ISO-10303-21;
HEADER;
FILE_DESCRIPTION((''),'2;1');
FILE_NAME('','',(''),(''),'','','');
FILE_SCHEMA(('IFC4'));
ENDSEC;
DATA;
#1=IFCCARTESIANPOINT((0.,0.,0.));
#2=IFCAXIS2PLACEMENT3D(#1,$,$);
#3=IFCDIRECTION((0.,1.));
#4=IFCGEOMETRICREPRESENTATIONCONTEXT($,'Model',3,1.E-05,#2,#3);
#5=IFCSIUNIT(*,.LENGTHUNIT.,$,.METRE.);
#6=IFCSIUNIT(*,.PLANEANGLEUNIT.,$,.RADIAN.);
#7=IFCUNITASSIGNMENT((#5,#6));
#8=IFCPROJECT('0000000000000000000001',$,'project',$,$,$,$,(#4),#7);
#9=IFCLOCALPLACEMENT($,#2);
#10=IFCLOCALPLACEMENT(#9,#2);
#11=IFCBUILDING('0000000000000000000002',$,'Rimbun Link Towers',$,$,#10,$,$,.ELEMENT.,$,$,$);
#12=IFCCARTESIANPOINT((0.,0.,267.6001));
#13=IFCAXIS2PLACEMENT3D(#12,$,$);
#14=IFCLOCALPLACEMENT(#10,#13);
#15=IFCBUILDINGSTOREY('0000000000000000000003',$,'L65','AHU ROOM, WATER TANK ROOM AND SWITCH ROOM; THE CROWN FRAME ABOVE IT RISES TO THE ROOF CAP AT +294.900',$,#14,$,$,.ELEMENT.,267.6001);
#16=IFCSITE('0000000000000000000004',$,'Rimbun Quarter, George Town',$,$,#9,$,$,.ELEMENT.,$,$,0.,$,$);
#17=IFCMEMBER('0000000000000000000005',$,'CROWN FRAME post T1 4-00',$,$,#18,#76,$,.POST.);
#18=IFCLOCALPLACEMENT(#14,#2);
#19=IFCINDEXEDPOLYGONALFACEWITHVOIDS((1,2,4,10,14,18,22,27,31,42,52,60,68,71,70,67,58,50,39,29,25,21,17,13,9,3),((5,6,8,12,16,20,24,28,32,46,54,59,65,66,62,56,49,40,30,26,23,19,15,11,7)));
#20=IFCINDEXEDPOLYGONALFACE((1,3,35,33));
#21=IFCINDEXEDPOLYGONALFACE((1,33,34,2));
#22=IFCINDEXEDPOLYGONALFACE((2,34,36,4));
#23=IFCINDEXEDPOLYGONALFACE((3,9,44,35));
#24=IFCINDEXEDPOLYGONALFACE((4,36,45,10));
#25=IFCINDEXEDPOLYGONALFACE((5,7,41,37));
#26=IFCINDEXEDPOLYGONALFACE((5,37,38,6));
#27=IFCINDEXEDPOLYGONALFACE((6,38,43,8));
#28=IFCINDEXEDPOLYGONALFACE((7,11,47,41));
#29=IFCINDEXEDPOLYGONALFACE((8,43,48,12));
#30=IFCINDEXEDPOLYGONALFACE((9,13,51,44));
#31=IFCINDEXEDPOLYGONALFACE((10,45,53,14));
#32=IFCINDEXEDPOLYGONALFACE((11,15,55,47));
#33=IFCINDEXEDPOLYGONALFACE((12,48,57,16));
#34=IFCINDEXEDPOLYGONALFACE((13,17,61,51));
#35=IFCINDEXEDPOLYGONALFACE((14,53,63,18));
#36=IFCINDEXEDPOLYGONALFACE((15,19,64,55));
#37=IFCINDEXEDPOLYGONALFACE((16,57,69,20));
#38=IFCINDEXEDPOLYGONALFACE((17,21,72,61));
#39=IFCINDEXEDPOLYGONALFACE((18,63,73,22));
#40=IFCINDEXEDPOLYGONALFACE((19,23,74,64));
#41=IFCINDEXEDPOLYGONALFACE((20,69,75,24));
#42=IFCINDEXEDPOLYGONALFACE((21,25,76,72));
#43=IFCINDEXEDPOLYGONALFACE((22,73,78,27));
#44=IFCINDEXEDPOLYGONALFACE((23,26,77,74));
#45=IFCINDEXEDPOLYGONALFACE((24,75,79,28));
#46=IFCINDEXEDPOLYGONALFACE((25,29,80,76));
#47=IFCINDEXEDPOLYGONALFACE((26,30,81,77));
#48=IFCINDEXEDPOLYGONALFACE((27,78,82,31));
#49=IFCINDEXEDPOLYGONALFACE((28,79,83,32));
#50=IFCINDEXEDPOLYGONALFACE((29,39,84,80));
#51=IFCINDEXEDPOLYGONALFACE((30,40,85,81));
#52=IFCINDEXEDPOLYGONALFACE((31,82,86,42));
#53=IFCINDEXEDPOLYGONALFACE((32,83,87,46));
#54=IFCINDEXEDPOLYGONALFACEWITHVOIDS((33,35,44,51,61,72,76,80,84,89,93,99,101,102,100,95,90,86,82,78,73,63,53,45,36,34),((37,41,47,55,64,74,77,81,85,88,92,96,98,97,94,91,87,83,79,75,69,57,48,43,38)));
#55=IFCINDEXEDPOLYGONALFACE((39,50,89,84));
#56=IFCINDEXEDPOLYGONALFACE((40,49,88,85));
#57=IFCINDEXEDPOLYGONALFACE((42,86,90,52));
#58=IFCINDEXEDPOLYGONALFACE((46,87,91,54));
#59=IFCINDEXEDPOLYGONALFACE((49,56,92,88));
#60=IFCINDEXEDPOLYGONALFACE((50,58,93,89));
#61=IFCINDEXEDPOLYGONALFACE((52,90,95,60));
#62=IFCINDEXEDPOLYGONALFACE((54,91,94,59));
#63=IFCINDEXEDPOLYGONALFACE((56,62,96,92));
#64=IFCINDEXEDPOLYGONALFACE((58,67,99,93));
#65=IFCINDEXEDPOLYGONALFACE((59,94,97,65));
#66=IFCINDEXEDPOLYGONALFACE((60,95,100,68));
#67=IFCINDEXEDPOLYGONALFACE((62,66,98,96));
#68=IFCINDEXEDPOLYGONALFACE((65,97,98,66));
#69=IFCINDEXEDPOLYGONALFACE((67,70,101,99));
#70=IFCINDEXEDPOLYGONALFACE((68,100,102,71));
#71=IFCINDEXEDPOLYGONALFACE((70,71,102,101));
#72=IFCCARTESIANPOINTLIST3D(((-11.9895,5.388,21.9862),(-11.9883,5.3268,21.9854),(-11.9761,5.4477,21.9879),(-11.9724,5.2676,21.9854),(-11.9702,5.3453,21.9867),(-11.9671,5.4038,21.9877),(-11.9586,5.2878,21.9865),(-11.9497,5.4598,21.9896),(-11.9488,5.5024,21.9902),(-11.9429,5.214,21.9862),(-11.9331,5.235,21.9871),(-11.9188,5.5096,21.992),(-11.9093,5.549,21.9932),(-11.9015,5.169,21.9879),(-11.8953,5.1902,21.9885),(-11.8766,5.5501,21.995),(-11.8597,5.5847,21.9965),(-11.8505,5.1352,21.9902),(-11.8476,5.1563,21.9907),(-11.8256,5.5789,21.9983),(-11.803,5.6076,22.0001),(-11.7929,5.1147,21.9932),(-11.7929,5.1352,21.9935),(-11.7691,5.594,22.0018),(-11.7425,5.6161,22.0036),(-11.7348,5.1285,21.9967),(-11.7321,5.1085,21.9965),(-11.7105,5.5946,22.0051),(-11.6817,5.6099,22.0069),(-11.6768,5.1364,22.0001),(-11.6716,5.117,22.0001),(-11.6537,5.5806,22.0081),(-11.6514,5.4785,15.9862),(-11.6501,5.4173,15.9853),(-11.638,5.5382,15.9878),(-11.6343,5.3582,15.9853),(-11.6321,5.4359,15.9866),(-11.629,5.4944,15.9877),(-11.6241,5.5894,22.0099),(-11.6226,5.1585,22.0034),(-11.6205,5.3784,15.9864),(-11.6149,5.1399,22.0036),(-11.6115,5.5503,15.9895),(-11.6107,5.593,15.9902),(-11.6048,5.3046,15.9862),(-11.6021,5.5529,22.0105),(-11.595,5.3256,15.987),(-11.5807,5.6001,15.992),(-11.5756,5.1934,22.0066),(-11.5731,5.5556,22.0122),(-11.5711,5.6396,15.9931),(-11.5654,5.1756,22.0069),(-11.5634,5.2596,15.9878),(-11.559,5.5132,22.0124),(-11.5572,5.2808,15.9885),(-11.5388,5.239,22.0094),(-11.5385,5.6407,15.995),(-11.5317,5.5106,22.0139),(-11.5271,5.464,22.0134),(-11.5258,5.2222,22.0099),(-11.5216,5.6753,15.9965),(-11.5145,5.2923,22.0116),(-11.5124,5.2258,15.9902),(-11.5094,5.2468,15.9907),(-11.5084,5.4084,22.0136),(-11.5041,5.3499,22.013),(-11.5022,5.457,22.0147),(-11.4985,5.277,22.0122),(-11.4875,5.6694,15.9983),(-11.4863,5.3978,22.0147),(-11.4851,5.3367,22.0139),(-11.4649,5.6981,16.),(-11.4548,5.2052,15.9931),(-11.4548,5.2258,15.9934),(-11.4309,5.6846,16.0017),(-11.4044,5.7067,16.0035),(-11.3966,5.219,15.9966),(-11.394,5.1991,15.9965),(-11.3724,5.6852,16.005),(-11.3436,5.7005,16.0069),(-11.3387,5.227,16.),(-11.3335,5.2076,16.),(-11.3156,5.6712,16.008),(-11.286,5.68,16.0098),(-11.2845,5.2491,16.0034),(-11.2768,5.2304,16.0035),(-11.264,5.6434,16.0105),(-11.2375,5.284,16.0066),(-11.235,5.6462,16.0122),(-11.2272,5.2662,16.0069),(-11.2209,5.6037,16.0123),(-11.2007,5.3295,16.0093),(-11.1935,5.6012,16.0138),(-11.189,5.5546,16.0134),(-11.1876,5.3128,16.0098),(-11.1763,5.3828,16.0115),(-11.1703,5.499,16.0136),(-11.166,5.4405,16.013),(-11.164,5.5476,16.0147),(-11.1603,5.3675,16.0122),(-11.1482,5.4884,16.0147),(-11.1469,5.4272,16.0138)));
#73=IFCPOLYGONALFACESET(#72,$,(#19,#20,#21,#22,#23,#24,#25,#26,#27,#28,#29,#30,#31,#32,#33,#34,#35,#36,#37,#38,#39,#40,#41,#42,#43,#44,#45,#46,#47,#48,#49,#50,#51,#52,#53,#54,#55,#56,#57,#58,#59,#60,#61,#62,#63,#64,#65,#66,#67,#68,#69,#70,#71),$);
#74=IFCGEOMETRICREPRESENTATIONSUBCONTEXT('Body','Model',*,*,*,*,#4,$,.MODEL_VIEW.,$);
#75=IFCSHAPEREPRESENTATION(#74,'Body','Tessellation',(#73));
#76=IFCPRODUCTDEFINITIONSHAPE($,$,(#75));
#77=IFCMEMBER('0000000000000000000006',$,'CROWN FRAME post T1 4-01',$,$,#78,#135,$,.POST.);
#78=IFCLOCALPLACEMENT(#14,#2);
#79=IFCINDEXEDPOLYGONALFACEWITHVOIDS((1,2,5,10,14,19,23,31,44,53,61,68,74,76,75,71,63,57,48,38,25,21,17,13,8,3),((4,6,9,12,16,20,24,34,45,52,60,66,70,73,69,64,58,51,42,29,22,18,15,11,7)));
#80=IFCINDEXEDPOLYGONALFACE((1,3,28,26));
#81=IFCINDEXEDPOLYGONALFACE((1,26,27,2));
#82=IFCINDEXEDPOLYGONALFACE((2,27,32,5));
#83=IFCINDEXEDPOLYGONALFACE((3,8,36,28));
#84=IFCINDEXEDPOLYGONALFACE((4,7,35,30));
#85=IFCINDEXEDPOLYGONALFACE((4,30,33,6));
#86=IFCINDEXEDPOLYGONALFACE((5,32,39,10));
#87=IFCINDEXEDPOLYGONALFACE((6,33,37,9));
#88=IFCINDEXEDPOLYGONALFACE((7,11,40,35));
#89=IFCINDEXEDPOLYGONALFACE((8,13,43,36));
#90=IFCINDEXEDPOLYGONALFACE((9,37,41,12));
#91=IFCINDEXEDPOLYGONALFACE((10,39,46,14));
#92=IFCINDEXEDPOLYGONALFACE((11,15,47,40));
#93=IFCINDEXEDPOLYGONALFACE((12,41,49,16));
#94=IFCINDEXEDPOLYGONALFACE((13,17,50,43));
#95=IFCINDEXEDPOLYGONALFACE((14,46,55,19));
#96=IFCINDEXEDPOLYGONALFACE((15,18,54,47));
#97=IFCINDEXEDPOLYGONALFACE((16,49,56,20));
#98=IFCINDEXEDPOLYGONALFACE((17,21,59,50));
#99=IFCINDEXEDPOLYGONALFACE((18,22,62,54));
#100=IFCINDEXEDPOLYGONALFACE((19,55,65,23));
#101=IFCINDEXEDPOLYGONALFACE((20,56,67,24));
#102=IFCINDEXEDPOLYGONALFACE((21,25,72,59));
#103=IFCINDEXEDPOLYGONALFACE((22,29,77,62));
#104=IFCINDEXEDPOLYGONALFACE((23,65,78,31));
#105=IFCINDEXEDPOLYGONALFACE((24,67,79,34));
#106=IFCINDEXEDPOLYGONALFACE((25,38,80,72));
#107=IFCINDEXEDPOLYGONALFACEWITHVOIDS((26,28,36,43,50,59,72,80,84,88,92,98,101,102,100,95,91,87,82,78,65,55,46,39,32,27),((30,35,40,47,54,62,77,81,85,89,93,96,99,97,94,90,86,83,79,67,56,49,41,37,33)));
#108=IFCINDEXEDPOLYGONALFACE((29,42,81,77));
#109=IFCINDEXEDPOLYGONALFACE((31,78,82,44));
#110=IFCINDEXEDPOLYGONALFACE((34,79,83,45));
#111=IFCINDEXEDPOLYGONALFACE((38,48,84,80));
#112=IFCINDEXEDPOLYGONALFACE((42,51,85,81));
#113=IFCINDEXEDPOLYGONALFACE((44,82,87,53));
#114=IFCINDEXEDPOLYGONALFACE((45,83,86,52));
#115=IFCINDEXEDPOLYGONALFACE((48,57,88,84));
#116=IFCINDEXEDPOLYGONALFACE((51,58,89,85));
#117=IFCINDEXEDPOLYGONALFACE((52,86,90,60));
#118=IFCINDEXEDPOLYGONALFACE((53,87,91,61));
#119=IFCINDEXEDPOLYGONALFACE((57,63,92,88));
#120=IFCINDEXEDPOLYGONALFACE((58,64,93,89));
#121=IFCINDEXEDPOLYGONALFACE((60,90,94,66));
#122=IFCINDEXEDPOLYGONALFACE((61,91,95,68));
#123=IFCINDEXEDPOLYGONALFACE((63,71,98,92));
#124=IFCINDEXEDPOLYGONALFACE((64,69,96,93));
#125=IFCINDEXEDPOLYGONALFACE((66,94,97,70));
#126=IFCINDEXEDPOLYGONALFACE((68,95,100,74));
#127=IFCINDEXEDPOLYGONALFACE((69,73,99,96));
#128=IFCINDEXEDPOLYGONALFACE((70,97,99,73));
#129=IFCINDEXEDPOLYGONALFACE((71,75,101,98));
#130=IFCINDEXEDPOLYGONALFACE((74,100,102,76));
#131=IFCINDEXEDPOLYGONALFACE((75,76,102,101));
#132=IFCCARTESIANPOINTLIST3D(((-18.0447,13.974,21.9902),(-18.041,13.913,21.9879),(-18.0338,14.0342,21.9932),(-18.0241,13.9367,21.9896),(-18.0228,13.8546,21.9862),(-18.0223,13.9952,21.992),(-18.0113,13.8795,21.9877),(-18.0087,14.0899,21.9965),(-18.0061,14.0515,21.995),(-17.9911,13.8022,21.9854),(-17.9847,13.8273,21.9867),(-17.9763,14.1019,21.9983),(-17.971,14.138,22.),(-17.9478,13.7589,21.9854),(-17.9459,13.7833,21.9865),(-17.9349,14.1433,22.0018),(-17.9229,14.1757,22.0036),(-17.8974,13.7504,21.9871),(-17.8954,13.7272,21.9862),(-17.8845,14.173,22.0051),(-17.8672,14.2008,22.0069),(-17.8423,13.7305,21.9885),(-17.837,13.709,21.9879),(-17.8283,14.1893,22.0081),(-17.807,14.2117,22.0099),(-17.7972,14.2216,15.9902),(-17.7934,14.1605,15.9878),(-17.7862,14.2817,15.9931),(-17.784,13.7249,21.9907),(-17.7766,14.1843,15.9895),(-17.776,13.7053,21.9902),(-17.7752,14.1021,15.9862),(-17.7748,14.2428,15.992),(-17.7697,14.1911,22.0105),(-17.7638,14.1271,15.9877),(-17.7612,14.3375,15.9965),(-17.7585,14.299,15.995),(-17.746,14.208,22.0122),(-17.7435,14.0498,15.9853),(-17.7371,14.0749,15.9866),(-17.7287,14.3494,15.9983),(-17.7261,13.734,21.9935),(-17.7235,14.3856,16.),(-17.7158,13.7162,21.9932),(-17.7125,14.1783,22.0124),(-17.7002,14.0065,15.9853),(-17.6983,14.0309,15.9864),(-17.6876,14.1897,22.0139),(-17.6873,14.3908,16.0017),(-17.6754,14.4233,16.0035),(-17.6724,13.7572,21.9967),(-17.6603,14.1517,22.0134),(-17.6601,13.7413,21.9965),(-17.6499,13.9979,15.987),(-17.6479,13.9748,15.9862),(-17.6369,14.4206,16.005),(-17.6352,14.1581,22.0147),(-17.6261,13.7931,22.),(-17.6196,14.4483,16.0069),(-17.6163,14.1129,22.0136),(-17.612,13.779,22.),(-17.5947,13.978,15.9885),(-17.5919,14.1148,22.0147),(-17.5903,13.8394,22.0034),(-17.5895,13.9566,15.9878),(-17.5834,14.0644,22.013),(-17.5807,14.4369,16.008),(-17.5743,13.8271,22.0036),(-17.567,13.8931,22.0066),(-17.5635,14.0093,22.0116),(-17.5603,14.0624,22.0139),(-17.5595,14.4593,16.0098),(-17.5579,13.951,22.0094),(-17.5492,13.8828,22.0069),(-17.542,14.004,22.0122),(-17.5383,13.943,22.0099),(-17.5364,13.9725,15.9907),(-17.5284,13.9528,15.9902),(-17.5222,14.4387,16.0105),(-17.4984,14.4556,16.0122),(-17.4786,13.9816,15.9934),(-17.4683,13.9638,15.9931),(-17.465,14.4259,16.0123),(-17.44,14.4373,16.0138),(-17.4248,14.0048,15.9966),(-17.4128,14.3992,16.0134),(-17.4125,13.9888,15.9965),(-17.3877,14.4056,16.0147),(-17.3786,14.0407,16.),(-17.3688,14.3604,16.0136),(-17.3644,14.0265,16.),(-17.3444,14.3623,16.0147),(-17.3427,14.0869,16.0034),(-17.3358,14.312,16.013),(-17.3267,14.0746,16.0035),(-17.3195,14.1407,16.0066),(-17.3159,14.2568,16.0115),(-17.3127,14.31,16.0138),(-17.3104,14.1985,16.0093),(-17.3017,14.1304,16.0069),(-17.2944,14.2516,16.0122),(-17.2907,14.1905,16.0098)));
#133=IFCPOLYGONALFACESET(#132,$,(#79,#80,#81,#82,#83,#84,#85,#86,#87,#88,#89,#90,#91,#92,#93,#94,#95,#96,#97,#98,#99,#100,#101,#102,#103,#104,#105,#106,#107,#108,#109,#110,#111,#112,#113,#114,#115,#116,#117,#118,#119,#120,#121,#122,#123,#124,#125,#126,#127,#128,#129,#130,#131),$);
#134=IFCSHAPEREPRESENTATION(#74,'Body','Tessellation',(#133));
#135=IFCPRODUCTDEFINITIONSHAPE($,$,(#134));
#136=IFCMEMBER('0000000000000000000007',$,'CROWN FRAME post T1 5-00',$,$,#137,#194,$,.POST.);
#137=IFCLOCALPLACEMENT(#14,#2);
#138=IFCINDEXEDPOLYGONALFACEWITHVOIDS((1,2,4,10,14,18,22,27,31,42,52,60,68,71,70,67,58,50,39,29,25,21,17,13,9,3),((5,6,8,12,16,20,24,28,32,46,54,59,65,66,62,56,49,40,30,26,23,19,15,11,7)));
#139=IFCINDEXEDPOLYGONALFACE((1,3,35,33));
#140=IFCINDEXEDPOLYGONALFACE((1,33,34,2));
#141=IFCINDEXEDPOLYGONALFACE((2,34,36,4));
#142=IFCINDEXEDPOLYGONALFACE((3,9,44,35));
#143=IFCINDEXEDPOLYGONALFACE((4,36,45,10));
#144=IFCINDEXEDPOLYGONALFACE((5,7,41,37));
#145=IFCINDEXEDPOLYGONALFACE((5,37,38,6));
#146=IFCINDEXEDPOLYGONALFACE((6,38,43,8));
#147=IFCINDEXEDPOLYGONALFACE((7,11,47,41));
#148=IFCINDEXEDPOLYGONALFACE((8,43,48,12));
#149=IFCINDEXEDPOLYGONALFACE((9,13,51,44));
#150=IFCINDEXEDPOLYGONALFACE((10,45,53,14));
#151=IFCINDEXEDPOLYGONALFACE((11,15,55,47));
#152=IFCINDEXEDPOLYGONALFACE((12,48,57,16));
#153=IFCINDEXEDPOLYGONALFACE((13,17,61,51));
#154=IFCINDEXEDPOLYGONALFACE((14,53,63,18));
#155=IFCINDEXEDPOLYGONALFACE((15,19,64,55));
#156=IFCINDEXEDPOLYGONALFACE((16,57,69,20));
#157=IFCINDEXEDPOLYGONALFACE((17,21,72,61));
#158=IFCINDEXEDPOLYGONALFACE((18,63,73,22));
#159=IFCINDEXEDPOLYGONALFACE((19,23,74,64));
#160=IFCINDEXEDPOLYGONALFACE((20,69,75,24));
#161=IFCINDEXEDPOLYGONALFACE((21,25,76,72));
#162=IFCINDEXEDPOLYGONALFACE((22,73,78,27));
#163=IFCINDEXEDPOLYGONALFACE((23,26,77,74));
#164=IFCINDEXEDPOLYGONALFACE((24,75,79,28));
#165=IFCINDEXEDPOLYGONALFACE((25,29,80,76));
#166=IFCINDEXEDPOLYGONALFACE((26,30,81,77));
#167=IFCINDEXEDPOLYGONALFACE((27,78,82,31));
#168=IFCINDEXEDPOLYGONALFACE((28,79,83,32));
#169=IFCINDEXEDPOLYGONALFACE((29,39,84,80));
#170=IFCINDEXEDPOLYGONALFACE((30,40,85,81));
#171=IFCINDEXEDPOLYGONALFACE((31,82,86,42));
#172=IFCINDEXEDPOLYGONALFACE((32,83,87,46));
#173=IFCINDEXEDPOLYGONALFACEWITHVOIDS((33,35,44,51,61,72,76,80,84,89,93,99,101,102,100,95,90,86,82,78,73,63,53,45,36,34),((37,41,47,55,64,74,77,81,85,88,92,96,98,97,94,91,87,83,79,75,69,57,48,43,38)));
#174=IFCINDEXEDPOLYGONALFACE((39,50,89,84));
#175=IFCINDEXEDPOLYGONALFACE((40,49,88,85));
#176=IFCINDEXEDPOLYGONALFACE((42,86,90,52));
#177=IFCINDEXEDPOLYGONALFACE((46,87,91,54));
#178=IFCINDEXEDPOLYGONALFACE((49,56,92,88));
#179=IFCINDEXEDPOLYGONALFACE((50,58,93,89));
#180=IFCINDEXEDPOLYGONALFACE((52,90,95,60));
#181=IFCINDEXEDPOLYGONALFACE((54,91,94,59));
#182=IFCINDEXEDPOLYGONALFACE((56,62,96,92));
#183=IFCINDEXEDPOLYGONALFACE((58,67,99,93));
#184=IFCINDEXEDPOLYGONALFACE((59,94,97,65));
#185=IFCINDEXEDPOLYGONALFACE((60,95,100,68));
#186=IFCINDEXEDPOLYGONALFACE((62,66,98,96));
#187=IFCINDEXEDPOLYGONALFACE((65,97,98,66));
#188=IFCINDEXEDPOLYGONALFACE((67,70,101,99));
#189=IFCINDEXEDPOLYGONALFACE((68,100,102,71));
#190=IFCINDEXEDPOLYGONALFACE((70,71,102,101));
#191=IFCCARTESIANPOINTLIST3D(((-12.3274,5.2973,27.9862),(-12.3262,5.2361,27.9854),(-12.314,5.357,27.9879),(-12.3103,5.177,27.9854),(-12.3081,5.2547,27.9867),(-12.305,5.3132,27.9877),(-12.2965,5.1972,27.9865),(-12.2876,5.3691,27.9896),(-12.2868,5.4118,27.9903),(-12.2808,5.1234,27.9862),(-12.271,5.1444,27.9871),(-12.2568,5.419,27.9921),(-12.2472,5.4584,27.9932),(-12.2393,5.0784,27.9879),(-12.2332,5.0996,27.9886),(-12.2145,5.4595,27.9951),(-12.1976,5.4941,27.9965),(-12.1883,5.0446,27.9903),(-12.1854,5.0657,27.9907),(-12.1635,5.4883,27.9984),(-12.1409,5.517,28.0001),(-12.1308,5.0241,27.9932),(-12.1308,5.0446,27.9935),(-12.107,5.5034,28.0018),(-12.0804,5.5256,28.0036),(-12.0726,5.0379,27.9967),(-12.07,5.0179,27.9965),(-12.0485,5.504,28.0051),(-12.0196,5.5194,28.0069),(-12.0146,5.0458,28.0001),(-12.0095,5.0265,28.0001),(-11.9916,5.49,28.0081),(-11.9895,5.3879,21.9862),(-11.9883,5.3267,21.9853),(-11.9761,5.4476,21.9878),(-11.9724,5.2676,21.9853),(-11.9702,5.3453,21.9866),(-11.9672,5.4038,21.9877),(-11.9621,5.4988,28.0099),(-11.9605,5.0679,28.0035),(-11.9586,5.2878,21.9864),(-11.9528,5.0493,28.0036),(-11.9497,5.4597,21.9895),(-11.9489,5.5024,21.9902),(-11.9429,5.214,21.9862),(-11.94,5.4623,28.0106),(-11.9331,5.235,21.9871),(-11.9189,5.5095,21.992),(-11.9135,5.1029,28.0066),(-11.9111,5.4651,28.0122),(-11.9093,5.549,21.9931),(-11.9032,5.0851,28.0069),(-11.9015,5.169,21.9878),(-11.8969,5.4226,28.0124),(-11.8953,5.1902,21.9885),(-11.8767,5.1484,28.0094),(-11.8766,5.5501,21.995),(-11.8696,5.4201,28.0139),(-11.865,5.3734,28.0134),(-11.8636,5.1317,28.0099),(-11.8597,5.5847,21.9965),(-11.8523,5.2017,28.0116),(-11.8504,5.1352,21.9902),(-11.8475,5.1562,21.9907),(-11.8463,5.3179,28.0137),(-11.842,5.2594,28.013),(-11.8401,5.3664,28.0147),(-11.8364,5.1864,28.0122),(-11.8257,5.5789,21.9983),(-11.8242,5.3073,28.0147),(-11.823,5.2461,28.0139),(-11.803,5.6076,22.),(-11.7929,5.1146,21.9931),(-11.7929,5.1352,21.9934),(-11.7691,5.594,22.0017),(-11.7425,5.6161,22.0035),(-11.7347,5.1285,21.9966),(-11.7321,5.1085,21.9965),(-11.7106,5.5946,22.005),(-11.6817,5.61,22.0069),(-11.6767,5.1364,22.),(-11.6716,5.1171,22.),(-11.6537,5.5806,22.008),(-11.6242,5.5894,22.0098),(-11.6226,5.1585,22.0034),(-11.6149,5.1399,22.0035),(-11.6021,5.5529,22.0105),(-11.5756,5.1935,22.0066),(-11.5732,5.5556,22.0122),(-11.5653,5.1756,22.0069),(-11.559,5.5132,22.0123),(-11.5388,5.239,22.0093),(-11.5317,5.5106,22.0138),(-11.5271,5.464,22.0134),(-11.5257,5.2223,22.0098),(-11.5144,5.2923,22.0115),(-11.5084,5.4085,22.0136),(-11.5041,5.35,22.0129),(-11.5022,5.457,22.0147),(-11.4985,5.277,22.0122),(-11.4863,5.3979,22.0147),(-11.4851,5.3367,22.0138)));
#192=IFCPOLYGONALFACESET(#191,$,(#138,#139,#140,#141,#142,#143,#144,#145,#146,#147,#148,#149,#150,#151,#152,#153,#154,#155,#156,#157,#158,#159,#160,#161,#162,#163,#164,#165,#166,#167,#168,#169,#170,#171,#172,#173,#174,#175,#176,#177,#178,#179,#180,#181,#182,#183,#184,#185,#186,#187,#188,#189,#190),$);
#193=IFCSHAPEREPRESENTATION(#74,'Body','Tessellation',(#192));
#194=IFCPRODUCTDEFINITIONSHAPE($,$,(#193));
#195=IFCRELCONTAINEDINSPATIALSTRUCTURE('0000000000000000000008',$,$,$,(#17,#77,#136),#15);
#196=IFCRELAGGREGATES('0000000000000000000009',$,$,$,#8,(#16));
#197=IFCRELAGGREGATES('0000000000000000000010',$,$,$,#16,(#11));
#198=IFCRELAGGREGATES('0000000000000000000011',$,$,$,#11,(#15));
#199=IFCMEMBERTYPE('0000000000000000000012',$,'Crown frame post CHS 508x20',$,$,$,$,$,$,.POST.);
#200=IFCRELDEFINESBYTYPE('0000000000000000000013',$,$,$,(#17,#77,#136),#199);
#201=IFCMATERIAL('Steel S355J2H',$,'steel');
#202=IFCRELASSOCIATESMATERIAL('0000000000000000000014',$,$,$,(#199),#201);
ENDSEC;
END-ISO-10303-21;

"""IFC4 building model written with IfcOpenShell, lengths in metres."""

from ifc_helpers import new_model, si_unit, direction, frame, origin, origin_2d, place, context, subcontext, project, spatial, hollow_circle, extrude, material, material_profile, profile_set, type_object, element, save


model = new_model("IFC4")

# Units and contexts
model_context = context("Model", 3, precision=1e-05, world=origin(), true_north=direction((0.0, 1.0)))
body_context = subcontext(model_context, "Body", "Model", "MODEL_VIEW")
ifc_project = project(units=[si_unit("LENGTHUNIT", "METRE"), si_unit("PLANEANGLEUNIT", "RADIAN")], contexts=[model_context])

# Site, building, storey
site_placement = place(None, origin())
site = spatial("IfcSite", under=ifc_project, at=site_placement, Name="Rimbun Quarter, George Town", CompositionType="ELEMENT", RefElevation=0.0)
building_placement = place(site_placement, origin())
building = spatial("IfcBuilding", under=site, at=building_placement, Name="Rimbun Link Towers", CompositionType="ELEMENT")
storey_placement = place(building_placement, frame((0.0, 0.0, 267.6001)))
storey = spatial("IfcBuildingStorey", under=building, at=storey_placement, Name="L65", Description="AHU ROOM, WATER TANK ROOM AND SWITCH ROOM; THE CROWN FRAME ABOVE IT RISES TO THE ROOF CAP AT +294.900", CompositionType="ELEMENT", Elevation=267.6001)

# Members
ifc_material_1 = material(Name="Steel S355J2H", Category="steel")
ifc_material_profile_1 = material_profile(ifc_material_1, hollow_circle(Radius=0.2539, WallThickness=0.02, at=origin_2d()), Name="Crown frame post CHS 508x20")
ifc_profile_set_1 = profile_set([ifc_material_profile_1], Name="Steel S355J2H")
member_type_1 = type_object("IfcMemberType", Name="Crown frame post CHS 508x20", PredefinedType="POST", material=ifc_profile_set_1)
for number, where, z_axis, x_axis, name in (
    (1, (-11.3992, 5.4529, 16.0), (-0.05626, -0.01507, 0.998302), (0.258748, -0.965945, 0.0), "CROWN FRAME post T1 4-00"),
    (2, (-17.5439, 14.2061, 16.0), (-0.04119, -0.04119, 0.998302), (0.707107, -0.707107, 0.0), "CROWN FRAME post T1 4-01"),
    (3, (-11.7373, 5.3623, 22.0), (-0.05622, -0.01507, 0.998305), (0.258922, -0.965898, 0.0), "CROWN FRAME post T1 5-00"),
):
    element("IfcMember", number, at=place(storey_placement, frame(where, z_axis=z_axis, x_axis=x_axis)), inside=storey, type_object=member_type_1, Name=name, PredefinedType="POST", context=body_context, shape_type="SweptSolid", body=[
        extrude(hollow_circle(Radius=0.2539, WallThickness=0.02, at=origin_2d()), origin(), (0.0, 0.0, 1.0), 6.0103),
    ])

save(model, "model.ifc")
